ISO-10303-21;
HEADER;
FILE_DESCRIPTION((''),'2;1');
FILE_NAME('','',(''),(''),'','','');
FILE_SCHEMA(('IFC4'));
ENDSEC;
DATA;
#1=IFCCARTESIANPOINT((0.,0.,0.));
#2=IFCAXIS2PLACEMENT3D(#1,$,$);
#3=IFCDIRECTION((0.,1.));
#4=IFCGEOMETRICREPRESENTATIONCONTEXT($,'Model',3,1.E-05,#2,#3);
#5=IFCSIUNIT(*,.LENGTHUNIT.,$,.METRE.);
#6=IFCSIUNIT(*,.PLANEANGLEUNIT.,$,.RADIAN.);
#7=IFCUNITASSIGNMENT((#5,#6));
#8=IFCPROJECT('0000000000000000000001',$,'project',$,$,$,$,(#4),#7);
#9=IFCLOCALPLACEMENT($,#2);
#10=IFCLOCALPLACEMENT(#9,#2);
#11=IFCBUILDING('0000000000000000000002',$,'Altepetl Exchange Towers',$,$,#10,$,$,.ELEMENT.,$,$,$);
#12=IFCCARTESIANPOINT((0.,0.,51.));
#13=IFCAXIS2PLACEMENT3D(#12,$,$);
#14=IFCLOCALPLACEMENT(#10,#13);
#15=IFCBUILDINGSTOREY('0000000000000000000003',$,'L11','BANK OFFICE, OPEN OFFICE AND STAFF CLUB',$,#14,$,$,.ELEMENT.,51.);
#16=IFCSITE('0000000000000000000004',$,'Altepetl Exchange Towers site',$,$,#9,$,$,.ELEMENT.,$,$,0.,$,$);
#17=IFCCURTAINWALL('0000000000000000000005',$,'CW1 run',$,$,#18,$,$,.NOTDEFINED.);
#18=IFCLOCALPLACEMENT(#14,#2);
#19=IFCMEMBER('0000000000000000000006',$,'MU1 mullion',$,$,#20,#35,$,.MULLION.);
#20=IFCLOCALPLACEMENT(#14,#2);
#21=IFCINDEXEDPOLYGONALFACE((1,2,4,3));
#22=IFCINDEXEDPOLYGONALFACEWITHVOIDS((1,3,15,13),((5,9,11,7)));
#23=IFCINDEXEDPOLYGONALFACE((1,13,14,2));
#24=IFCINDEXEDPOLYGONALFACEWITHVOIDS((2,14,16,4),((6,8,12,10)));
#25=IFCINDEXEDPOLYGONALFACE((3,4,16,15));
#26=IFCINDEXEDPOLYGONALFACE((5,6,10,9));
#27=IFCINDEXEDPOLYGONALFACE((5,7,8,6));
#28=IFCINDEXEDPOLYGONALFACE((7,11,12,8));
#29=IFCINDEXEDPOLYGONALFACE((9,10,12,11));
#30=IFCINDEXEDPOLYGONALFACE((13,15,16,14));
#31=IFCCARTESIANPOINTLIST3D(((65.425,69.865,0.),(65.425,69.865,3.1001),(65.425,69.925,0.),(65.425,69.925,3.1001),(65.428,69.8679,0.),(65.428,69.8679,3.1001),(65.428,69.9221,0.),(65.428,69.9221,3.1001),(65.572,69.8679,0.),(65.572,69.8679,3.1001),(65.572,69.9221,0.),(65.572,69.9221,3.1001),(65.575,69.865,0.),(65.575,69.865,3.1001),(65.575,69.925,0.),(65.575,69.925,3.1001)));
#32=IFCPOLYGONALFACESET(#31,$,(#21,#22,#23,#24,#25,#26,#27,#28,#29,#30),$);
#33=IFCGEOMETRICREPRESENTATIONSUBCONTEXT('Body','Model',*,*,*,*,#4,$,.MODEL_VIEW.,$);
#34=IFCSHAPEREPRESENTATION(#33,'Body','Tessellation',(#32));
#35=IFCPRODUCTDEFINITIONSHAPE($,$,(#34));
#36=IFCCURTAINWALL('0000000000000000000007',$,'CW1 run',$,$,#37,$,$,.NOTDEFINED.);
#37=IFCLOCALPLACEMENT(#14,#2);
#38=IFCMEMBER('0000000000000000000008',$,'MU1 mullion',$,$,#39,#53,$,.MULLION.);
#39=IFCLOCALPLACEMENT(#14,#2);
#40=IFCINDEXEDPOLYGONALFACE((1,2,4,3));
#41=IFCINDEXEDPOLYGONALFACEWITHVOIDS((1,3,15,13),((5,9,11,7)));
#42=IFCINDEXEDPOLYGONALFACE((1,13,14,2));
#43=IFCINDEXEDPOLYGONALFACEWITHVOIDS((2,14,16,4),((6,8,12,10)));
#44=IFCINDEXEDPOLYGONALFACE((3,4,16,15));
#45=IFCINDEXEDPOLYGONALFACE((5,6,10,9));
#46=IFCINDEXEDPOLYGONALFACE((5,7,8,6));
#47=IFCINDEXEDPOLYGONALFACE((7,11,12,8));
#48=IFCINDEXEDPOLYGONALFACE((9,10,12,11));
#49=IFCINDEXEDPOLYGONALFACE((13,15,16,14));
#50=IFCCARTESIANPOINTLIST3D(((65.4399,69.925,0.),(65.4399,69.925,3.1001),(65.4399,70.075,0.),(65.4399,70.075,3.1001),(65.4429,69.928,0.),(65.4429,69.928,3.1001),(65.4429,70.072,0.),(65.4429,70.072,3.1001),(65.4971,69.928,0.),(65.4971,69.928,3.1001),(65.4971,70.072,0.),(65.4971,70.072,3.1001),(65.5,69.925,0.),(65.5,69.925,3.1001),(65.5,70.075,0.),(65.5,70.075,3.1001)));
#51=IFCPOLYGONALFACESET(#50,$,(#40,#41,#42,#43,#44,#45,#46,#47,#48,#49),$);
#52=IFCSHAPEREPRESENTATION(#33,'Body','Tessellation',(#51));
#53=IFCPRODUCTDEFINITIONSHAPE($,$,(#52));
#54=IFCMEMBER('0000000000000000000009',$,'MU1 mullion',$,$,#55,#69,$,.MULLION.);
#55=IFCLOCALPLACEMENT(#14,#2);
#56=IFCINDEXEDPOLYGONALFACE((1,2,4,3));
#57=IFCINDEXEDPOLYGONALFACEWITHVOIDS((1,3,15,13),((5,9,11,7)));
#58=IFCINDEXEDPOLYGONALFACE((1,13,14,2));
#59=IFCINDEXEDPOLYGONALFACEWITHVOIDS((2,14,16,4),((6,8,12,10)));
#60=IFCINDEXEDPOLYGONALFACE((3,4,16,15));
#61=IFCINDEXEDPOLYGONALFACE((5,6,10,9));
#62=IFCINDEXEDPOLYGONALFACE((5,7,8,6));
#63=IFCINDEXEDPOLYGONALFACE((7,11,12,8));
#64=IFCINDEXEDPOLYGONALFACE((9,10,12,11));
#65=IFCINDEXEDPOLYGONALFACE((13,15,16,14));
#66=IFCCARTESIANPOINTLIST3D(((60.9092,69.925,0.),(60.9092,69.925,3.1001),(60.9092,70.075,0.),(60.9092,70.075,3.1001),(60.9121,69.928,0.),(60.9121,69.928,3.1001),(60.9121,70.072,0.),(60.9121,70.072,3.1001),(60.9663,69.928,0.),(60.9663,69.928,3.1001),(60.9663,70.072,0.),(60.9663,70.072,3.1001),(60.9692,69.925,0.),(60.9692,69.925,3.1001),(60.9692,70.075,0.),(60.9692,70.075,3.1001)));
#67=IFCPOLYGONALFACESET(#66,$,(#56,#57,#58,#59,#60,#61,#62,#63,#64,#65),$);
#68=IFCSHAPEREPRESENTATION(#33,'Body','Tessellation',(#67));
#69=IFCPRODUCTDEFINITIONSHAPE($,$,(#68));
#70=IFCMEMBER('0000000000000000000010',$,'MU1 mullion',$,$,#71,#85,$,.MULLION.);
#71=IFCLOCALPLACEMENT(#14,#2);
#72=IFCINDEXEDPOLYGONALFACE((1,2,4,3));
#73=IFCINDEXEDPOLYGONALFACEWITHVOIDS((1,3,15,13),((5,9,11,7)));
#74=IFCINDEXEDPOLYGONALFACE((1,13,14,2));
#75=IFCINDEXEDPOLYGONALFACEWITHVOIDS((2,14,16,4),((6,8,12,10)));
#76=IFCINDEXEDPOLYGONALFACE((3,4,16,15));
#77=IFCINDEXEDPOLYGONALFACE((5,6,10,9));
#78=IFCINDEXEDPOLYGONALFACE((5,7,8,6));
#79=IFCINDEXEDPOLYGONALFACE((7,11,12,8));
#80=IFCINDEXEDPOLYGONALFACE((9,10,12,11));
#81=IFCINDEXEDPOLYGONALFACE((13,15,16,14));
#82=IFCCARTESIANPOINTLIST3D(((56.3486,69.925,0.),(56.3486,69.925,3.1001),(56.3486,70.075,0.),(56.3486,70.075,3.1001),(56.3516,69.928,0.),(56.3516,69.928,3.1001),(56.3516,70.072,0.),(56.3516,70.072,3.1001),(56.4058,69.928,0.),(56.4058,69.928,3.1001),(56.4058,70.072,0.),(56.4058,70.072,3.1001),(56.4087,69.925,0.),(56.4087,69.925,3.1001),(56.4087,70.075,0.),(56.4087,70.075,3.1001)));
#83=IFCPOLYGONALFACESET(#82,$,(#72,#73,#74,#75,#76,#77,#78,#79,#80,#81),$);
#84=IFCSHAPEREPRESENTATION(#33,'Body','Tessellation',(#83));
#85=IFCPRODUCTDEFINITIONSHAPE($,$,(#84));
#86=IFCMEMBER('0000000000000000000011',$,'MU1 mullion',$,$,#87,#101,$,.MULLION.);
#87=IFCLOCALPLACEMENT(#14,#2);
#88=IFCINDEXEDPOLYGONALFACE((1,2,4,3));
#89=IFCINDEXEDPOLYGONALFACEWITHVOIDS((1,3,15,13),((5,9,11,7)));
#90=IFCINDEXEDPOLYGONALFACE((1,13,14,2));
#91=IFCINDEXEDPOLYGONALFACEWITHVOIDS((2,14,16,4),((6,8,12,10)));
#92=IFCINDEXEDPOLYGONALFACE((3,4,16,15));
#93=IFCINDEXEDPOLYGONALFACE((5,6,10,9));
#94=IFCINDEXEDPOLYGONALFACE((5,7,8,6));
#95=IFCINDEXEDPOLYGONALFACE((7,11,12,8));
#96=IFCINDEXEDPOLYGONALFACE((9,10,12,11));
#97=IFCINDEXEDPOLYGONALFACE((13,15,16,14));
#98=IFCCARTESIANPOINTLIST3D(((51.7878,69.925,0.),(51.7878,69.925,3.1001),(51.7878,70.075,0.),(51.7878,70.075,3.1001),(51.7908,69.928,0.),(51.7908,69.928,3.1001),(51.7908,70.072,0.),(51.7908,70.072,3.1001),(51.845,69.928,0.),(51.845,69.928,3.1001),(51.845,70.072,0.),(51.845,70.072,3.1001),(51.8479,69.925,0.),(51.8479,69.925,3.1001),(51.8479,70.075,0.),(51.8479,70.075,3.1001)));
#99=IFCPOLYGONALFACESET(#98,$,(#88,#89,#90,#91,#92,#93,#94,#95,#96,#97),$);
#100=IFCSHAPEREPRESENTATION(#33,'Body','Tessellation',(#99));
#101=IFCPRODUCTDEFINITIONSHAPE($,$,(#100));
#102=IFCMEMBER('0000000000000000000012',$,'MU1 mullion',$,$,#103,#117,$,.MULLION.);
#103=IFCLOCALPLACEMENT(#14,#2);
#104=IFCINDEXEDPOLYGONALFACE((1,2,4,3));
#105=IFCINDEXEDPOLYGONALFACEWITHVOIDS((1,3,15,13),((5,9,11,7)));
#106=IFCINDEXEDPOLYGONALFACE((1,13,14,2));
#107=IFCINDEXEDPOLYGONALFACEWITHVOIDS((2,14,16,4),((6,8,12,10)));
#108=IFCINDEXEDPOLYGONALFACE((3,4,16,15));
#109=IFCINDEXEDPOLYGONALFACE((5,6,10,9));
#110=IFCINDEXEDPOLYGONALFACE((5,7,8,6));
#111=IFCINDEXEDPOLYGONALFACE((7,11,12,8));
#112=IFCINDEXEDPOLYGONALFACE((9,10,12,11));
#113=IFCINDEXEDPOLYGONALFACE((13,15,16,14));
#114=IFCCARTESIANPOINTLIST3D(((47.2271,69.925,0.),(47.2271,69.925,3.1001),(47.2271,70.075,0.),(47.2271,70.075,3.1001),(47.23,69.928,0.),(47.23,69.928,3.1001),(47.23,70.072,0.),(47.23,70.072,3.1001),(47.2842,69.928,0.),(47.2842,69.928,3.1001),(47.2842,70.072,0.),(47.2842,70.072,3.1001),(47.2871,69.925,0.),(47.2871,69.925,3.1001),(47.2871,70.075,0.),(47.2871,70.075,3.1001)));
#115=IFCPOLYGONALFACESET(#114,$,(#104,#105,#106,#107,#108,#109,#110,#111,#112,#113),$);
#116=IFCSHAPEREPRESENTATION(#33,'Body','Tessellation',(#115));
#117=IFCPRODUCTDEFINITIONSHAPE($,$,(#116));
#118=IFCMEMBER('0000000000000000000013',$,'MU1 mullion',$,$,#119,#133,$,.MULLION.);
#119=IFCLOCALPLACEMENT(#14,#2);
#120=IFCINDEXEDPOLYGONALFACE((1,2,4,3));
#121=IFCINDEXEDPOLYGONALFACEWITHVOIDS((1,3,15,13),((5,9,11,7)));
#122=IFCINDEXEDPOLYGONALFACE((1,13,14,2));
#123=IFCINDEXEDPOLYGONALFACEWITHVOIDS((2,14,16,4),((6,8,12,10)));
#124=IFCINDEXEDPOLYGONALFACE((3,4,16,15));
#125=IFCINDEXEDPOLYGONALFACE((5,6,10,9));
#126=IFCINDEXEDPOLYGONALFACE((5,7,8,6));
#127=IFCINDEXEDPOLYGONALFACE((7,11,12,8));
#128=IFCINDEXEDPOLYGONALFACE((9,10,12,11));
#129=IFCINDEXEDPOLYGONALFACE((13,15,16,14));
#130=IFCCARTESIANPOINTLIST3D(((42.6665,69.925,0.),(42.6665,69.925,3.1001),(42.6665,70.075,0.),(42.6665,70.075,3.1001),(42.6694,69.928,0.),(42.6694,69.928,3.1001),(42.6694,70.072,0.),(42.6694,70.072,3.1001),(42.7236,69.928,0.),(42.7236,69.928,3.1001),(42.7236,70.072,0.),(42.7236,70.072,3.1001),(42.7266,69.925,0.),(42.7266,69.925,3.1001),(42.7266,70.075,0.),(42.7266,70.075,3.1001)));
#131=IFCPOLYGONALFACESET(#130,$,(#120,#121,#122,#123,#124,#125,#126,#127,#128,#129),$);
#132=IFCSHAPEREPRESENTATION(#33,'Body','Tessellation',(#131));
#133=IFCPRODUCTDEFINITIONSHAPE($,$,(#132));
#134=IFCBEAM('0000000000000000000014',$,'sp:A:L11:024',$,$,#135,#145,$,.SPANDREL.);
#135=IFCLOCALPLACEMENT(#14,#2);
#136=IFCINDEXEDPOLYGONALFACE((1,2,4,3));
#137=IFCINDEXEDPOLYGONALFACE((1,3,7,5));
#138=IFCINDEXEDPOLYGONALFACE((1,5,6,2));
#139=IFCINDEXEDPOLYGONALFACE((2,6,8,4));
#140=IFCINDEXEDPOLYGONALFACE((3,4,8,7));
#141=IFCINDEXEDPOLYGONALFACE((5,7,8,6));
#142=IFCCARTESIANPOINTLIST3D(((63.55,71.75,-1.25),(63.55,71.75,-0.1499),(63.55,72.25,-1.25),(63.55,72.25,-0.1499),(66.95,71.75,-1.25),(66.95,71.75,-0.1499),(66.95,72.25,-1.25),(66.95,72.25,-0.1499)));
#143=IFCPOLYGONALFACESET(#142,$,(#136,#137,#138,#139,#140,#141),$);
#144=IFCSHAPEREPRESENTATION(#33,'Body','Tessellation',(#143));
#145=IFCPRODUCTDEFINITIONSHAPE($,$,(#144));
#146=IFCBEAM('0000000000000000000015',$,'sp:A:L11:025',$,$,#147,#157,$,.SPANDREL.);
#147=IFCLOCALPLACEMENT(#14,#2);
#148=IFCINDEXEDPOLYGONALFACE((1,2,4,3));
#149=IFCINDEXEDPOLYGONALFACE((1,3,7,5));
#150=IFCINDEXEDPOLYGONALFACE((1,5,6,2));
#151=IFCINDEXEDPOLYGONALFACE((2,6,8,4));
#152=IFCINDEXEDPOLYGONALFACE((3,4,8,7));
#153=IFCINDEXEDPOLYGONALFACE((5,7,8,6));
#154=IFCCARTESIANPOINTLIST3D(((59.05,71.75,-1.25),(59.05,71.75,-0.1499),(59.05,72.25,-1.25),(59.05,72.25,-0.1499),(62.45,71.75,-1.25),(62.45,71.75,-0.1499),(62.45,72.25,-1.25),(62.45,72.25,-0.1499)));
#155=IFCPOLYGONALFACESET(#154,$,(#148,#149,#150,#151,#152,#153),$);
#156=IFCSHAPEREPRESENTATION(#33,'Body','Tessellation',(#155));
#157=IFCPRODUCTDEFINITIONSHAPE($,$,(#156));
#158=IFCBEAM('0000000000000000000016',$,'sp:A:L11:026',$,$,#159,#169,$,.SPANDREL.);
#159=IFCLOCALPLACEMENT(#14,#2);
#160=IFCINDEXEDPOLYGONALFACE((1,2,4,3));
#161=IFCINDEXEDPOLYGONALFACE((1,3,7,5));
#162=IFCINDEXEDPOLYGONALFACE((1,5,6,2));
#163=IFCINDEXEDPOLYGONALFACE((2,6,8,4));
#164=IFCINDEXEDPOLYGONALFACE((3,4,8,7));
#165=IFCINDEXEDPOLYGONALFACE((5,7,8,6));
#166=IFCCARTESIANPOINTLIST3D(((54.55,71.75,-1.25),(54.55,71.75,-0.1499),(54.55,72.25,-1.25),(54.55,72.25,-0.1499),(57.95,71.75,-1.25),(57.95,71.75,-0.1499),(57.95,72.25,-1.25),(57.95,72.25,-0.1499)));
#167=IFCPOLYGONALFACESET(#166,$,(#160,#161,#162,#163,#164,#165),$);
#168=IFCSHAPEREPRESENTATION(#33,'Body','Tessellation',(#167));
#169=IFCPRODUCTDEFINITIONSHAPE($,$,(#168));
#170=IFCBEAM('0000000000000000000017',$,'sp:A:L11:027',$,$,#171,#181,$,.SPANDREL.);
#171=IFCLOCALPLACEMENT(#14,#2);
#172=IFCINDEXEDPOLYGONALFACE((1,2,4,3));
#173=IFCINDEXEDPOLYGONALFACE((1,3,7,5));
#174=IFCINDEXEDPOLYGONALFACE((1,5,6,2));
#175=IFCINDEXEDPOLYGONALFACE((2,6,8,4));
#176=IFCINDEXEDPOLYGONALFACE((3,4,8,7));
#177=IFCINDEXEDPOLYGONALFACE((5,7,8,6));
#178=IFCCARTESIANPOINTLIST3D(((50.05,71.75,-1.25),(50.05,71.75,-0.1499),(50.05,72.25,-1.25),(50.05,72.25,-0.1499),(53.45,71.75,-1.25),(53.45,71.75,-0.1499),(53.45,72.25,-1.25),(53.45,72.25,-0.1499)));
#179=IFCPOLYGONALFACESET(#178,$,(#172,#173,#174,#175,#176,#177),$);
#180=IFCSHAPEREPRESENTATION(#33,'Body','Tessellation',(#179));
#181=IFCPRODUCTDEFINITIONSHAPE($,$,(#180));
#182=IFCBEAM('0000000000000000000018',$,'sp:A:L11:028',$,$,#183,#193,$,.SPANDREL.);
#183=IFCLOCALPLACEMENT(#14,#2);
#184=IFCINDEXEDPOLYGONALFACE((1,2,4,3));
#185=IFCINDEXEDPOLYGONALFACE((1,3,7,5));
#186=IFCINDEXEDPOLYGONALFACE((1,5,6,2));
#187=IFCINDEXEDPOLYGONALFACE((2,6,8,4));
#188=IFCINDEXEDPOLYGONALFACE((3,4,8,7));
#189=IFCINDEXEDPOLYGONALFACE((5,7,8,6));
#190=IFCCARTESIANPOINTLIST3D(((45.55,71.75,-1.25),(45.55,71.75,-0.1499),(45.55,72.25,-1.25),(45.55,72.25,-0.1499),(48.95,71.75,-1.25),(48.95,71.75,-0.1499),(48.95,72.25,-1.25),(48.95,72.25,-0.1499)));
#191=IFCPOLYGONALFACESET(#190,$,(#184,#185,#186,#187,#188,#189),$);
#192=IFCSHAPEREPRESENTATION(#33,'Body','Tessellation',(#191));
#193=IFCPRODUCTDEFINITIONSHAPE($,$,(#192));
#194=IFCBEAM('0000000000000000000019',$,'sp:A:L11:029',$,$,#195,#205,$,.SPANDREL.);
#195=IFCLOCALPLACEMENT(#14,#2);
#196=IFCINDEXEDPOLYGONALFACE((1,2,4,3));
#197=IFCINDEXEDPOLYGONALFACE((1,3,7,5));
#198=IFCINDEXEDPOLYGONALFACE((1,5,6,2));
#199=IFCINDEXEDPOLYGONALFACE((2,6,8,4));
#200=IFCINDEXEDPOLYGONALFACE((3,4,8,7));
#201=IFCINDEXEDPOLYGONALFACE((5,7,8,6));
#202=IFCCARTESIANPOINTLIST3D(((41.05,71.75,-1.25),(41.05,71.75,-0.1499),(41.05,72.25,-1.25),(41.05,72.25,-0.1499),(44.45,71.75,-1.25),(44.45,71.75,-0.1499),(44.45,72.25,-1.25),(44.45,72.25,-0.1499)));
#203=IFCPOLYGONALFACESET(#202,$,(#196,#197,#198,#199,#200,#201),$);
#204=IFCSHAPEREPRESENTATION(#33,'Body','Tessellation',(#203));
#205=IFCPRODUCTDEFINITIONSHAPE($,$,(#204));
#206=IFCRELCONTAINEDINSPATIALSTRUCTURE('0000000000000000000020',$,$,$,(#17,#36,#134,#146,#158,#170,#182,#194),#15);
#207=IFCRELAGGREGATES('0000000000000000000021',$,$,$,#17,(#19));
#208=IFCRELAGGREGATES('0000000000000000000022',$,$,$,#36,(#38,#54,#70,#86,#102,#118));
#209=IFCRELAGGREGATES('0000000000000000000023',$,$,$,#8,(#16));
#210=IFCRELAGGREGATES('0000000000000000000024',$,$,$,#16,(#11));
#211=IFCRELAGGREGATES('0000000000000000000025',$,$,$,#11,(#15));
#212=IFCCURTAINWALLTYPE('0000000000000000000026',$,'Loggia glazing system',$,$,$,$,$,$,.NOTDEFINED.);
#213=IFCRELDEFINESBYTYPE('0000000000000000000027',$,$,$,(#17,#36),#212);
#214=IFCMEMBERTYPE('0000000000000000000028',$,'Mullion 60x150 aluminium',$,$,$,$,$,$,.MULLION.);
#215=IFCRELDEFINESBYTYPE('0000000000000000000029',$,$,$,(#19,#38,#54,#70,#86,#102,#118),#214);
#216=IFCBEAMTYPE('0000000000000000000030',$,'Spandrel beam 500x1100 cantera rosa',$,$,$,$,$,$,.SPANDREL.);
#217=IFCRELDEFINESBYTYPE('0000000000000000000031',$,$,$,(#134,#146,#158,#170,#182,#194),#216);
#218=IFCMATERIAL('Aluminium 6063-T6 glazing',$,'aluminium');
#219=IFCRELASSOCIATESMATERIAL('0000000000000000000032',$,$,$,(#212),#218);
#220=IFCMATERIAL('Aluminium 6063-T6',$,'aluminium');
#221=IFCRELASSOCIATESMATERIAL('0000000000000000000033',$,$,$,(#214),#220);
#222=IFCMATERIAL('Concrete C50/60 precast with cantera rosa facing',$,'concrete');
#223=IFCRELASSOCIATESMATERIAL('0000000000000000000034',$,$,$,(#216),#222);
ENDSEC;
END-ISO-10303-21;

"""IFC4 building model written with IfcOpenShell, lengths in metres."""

from ifc_helpers import new_model, si_unit, direction, frame, origin, origin_2d, place, context, subcontext, project, spatial, rectangle, hollow_rectangle, extrude, material, material_profile, profile_set, type_object, element, aggregate, save


model = new_model("IFC4")

# Units and contexts
model_context = context("Model", 3, precision=1e-05, world=origin(), true_north=direction((0.0, 1.0)))
body_context = subcontext(model_context, "Body", "Model", "MODEL_VIEW")
ifc_project = project(units=[si_unit("LENGTHUNIT", "METRE"), si_unit("PLANEANGLEUNIT", "RADIAN")], contexts=[model_context])

# Site, building, storey
site_placement = place(None, origin())
site = spatial("IfcSite", under=ifc_project, at=site_placement, Name="Altepetl Exchange Towers site", CompositionType="ELEMENT", RefElevation=0.0)
building_placement = place(site_placement, origin())
building = spatial("IfcBuilding", under=site, at=building_placement, Name="Altepetl Exchange Towers", CompositionType="ELEMENT")
storey_placement = place(building_placement, frame((0.0, 0.0, 51.0)))
storey = spatial("IfcBuildingStorey", under=building, at=storey_placement, Name="L11", Description="BANK OFFICE, OPEN OFFICE AND STAFF CLUB", CompositionType="ELEMENT", Elevation=51.0)

# Shared definitions
ifc_material_1 = material(Name="Aluminium 6063-T6 glazing", Category="aluminium")
curtain_wall_type = type_object("IfcCurtainWallType", Name="Loggia glazing system", PredefinedType="NOTDEFINED", material=ifc_material_1)
ifc_material_2 = material(Name="Aluminium 6063-T6", Category="aluminium")
ifc_material_profile_1 = material_profile(ifc_material_2, hollow_rectangle(XDim=0.0601, YDim=0.1499, WallThickness=0.0029, at=origin_2d()), Name="Mullion 60x150 aluminium")
ifc_profile_set_1 = profile_set([ifc_material_profile_1], Name="Aluminium 6063-T6")
member_type = type_object("IfcMemberType", Name="Mullion 60x150 aluminium", PredefinedType="MULLION", material=ifc_profile_set_1)

# Curtain walls, members
curtain_wall_1_placement = place(storey_placement, origin())
curtain_wall_1 = element("IfcCurtainWall", 1, at=curtain_wall_1_placement, inside=storey, type_object=curtain_wall_type, Name="CW1 run", PredefinedType="NOTDEFINED")
member_1_placement = place(storey_placement, frame((65.5, 69.895, 0.0), z_axis=(0.0, 0.0, 1.0), x_axis=(0.0, 1.0, 0.0)))
member_1 = element("IfcMember", 2, at=member_1_placement, type_object=member_type, Name="MU1 mullion", PredefinedType="MULLION", context=body_context, shape_type="SweptSolid", body=[
    extrude(hollow_rectangle(XDim=0.0601, YDim=0.1499, WallThickness=0.0029, at=origin_2d()), origin(), (0.0, 0.0, 1.0), 3.1001),
])
curtain_wall_2_placement = place(storey_placement, origin())
curtain_wall_2 = element("IfcCurtainWall", 3, at=curtain_wall_2_placement, inside=storey, type_object=curtain_wall_type, Name="CW1 run", PredefinedType="NOTDEFINED")
member_2_placement = place(storey_placement, frame((65.47, 70.0, 0.0), z_axis=(0.0, 0.0, 1.0), x_axis=(-1.0, 0.0, 0.0)))
member_2 = element("IfcMember", 4, at=member_2_placement, type_object=member_type, Name="MU1 mullion", PredefinedType="MULLION", context=body_context, shape_type="SweptSolid", body=[
    extrude(hollow_rectangle(XDim=0.0601, YDim=0.1499, WallThickness=0.0029, at=origin_2d()), origin(), (0.0, 0.0, 1.0), 3.1001),
])
member_3_placement = place(storey_placement, frame((60.9392, 70.0, 0.0), z_axis=(0.0, 0.0, 1.0), x_axis=(-1.0, 0.0, 0.0)))
member_3 = element("IfcMember", 5, at=member_3_placement, type_object=member_type, Name="MU1 mullion", PredefinedType="MULLION", context=body_context, shape_type="SweptSolid", body=[
    extrude(hollow_rectangle(XDim=0.0601, YDim=0.1499, WallThickness=0.0029, at=origin_2d()), origin(), (0.0, 0.0, 1.0), 3.1001),
])
member_4_placement = place(storey_placement, frame((56.3787, 70.0, 0.0), z_axis=(0.0, 0.0, 1.0), x_axis=(-1.0, 0.0, 0.0)))
member_4 = element("IfcMember", 6, at=member_4_placement, type_object=member_type, Name="MU1 mullion", PredefinedType="MULLION", context=body_context, shape_type="SweptSolid", body=[
    extrude(hollow_rectangle(XDim=0.0601, YDim=0.1499, WallThickness=0.0029, at=origin_2d()), origin(), (0.0, 0.0, 1.0), 3.1001),
])
member_5_placement = place(storey_placement, frame((51.8179, 70.0, 0.0), z_axis=(0.0, 0.0, 1.0), x_axis=(-1.0, 0.0, 0.0)))
member_5 = element("IfcMember", 7, at=member_5_placement, type_object=member_type, Name="MU1 mullion", PredefinedType="MULLION", context=body_context, shape_type="SweptSolid", body=[
    extrude(hollow_rectangle(XDim=0.0601, YDim=0.1499, WallThickness=0.0029, at=origin_2d()), origin(), (0.0, 0.0, 1.0), 3.1001),
])
member_6_placement = place(storey_placement, frame((47.2571, 70.0, 0.0), z_axis=(0.0, 0.0, 1.0), x_axis=(-1.0, 0.0, 0.0)))
member_6 = element("IfcMember", 8, at=member_6_placement, type_object=member_type, Name="MU1 mullion", PredefinedType="MULLION", context=body_context, shape_type="SweptSolid", body=[
    extrude(hollow_rectangle(XDim=0.0601, YDim=0.1499, WallThickness=0.0029, at=origin_2d()), origin(), (0.0, 0.0, 1.0), 3.1001),
])
member_7_placement = place(storey_placement, frame((42.6965, 70.0, 0.0), z_axis=(0.0, 0.0, 1.0), x_axis=(-1.0, 0.0, 0.0)))
member_7 = element("IfcMember", 9, at=member_7_placement, type_object=member_type, Name="MU1 mullion", PredefinedType="MULLION", context=body_context, shape_type="SweptSolid", body=[
    extrude(hollow_rectangle(XDim=0.0601, YDim=0.1499, WallThickness=0.0029, at=origin_2d()), origin(), (0.0, 0.0, 1.0), 3.1001),
])

# Beams
ifc_material_3 = material(Name="Concrete C50/60 precast with cantera rosa facing", Category="concrete")
ifc_material_profile_2 = material_profile(ifc_material_3, rectangle(XDim=0.5, YDim=1.1001, at=origin_2d()), Name="500 x 1100")
ifc_profile_set_2 = profile_set([ifc_material_profile_2], Name="Concrete C50/60 precast with cantera rosa facing")
beam_type_1 = type_object("IfcBeamType", Name="Spandrel beam 500x1100 cantera rosa", PredefinedType="SPANDREL", material=ifc_profile_set_2)
for number, where, z_axis, x_axis, name in (
    (10, (66.95, 72.0, -0.7), (-1.0, 0.0, 0.0), (0.0, -1.0, 0.0), "sp:A:L11:024"),
    (11, (62.45, 72.0, -0.7), (-1.0, 0.0, 0.0), (0.0, -1.0, 0.0), "sp:A:L11:025"),
    (12, (57.95, 72.0, -0.7), (-1.0, 0.0, 0.0), (0.0, -1.0, 0.0), "sp:A:L11:026"),
    (13, (53.45, 72.0, -0.7), (-1.0, 0.0, 0.0), (0.0, -1.0, 0.0), "sp:A:L11:027"),
    (14, (48.95, 72.0, -0.7), (-1.0, 0.0, 0.0), (0.0, -1.0, 0.0), "sp:A:L11:028"),
    (15, (44.45, 72.0, -0.7), (-1.0, 0.0, 0.0), (0.0, -1.0, 0.0), "sp:A:L11:029"),
):
    element("IfcBeam", number, at=place(storey_placement, frame(where, z_axis=z_axis, x_axis=x_axis)), inside=storey, type_object=beam_type_1, Name=name, PredefinedType="SPANDREL", context=body_context, shape_type="SweptSolid", body=[
        extrude(rectangle(XDim=0.5, YDim=1.1001, at=origin_2d()), origin(), (0.0, 0.0, 1.0), 3.3999),
    ])

aggregate(curtain_wall_1, [member_1])
aggregate(curtain_wall_2, [member_2, member_3, member_4, member_5, member_6, member_7])

save(model, "model.ifc")
